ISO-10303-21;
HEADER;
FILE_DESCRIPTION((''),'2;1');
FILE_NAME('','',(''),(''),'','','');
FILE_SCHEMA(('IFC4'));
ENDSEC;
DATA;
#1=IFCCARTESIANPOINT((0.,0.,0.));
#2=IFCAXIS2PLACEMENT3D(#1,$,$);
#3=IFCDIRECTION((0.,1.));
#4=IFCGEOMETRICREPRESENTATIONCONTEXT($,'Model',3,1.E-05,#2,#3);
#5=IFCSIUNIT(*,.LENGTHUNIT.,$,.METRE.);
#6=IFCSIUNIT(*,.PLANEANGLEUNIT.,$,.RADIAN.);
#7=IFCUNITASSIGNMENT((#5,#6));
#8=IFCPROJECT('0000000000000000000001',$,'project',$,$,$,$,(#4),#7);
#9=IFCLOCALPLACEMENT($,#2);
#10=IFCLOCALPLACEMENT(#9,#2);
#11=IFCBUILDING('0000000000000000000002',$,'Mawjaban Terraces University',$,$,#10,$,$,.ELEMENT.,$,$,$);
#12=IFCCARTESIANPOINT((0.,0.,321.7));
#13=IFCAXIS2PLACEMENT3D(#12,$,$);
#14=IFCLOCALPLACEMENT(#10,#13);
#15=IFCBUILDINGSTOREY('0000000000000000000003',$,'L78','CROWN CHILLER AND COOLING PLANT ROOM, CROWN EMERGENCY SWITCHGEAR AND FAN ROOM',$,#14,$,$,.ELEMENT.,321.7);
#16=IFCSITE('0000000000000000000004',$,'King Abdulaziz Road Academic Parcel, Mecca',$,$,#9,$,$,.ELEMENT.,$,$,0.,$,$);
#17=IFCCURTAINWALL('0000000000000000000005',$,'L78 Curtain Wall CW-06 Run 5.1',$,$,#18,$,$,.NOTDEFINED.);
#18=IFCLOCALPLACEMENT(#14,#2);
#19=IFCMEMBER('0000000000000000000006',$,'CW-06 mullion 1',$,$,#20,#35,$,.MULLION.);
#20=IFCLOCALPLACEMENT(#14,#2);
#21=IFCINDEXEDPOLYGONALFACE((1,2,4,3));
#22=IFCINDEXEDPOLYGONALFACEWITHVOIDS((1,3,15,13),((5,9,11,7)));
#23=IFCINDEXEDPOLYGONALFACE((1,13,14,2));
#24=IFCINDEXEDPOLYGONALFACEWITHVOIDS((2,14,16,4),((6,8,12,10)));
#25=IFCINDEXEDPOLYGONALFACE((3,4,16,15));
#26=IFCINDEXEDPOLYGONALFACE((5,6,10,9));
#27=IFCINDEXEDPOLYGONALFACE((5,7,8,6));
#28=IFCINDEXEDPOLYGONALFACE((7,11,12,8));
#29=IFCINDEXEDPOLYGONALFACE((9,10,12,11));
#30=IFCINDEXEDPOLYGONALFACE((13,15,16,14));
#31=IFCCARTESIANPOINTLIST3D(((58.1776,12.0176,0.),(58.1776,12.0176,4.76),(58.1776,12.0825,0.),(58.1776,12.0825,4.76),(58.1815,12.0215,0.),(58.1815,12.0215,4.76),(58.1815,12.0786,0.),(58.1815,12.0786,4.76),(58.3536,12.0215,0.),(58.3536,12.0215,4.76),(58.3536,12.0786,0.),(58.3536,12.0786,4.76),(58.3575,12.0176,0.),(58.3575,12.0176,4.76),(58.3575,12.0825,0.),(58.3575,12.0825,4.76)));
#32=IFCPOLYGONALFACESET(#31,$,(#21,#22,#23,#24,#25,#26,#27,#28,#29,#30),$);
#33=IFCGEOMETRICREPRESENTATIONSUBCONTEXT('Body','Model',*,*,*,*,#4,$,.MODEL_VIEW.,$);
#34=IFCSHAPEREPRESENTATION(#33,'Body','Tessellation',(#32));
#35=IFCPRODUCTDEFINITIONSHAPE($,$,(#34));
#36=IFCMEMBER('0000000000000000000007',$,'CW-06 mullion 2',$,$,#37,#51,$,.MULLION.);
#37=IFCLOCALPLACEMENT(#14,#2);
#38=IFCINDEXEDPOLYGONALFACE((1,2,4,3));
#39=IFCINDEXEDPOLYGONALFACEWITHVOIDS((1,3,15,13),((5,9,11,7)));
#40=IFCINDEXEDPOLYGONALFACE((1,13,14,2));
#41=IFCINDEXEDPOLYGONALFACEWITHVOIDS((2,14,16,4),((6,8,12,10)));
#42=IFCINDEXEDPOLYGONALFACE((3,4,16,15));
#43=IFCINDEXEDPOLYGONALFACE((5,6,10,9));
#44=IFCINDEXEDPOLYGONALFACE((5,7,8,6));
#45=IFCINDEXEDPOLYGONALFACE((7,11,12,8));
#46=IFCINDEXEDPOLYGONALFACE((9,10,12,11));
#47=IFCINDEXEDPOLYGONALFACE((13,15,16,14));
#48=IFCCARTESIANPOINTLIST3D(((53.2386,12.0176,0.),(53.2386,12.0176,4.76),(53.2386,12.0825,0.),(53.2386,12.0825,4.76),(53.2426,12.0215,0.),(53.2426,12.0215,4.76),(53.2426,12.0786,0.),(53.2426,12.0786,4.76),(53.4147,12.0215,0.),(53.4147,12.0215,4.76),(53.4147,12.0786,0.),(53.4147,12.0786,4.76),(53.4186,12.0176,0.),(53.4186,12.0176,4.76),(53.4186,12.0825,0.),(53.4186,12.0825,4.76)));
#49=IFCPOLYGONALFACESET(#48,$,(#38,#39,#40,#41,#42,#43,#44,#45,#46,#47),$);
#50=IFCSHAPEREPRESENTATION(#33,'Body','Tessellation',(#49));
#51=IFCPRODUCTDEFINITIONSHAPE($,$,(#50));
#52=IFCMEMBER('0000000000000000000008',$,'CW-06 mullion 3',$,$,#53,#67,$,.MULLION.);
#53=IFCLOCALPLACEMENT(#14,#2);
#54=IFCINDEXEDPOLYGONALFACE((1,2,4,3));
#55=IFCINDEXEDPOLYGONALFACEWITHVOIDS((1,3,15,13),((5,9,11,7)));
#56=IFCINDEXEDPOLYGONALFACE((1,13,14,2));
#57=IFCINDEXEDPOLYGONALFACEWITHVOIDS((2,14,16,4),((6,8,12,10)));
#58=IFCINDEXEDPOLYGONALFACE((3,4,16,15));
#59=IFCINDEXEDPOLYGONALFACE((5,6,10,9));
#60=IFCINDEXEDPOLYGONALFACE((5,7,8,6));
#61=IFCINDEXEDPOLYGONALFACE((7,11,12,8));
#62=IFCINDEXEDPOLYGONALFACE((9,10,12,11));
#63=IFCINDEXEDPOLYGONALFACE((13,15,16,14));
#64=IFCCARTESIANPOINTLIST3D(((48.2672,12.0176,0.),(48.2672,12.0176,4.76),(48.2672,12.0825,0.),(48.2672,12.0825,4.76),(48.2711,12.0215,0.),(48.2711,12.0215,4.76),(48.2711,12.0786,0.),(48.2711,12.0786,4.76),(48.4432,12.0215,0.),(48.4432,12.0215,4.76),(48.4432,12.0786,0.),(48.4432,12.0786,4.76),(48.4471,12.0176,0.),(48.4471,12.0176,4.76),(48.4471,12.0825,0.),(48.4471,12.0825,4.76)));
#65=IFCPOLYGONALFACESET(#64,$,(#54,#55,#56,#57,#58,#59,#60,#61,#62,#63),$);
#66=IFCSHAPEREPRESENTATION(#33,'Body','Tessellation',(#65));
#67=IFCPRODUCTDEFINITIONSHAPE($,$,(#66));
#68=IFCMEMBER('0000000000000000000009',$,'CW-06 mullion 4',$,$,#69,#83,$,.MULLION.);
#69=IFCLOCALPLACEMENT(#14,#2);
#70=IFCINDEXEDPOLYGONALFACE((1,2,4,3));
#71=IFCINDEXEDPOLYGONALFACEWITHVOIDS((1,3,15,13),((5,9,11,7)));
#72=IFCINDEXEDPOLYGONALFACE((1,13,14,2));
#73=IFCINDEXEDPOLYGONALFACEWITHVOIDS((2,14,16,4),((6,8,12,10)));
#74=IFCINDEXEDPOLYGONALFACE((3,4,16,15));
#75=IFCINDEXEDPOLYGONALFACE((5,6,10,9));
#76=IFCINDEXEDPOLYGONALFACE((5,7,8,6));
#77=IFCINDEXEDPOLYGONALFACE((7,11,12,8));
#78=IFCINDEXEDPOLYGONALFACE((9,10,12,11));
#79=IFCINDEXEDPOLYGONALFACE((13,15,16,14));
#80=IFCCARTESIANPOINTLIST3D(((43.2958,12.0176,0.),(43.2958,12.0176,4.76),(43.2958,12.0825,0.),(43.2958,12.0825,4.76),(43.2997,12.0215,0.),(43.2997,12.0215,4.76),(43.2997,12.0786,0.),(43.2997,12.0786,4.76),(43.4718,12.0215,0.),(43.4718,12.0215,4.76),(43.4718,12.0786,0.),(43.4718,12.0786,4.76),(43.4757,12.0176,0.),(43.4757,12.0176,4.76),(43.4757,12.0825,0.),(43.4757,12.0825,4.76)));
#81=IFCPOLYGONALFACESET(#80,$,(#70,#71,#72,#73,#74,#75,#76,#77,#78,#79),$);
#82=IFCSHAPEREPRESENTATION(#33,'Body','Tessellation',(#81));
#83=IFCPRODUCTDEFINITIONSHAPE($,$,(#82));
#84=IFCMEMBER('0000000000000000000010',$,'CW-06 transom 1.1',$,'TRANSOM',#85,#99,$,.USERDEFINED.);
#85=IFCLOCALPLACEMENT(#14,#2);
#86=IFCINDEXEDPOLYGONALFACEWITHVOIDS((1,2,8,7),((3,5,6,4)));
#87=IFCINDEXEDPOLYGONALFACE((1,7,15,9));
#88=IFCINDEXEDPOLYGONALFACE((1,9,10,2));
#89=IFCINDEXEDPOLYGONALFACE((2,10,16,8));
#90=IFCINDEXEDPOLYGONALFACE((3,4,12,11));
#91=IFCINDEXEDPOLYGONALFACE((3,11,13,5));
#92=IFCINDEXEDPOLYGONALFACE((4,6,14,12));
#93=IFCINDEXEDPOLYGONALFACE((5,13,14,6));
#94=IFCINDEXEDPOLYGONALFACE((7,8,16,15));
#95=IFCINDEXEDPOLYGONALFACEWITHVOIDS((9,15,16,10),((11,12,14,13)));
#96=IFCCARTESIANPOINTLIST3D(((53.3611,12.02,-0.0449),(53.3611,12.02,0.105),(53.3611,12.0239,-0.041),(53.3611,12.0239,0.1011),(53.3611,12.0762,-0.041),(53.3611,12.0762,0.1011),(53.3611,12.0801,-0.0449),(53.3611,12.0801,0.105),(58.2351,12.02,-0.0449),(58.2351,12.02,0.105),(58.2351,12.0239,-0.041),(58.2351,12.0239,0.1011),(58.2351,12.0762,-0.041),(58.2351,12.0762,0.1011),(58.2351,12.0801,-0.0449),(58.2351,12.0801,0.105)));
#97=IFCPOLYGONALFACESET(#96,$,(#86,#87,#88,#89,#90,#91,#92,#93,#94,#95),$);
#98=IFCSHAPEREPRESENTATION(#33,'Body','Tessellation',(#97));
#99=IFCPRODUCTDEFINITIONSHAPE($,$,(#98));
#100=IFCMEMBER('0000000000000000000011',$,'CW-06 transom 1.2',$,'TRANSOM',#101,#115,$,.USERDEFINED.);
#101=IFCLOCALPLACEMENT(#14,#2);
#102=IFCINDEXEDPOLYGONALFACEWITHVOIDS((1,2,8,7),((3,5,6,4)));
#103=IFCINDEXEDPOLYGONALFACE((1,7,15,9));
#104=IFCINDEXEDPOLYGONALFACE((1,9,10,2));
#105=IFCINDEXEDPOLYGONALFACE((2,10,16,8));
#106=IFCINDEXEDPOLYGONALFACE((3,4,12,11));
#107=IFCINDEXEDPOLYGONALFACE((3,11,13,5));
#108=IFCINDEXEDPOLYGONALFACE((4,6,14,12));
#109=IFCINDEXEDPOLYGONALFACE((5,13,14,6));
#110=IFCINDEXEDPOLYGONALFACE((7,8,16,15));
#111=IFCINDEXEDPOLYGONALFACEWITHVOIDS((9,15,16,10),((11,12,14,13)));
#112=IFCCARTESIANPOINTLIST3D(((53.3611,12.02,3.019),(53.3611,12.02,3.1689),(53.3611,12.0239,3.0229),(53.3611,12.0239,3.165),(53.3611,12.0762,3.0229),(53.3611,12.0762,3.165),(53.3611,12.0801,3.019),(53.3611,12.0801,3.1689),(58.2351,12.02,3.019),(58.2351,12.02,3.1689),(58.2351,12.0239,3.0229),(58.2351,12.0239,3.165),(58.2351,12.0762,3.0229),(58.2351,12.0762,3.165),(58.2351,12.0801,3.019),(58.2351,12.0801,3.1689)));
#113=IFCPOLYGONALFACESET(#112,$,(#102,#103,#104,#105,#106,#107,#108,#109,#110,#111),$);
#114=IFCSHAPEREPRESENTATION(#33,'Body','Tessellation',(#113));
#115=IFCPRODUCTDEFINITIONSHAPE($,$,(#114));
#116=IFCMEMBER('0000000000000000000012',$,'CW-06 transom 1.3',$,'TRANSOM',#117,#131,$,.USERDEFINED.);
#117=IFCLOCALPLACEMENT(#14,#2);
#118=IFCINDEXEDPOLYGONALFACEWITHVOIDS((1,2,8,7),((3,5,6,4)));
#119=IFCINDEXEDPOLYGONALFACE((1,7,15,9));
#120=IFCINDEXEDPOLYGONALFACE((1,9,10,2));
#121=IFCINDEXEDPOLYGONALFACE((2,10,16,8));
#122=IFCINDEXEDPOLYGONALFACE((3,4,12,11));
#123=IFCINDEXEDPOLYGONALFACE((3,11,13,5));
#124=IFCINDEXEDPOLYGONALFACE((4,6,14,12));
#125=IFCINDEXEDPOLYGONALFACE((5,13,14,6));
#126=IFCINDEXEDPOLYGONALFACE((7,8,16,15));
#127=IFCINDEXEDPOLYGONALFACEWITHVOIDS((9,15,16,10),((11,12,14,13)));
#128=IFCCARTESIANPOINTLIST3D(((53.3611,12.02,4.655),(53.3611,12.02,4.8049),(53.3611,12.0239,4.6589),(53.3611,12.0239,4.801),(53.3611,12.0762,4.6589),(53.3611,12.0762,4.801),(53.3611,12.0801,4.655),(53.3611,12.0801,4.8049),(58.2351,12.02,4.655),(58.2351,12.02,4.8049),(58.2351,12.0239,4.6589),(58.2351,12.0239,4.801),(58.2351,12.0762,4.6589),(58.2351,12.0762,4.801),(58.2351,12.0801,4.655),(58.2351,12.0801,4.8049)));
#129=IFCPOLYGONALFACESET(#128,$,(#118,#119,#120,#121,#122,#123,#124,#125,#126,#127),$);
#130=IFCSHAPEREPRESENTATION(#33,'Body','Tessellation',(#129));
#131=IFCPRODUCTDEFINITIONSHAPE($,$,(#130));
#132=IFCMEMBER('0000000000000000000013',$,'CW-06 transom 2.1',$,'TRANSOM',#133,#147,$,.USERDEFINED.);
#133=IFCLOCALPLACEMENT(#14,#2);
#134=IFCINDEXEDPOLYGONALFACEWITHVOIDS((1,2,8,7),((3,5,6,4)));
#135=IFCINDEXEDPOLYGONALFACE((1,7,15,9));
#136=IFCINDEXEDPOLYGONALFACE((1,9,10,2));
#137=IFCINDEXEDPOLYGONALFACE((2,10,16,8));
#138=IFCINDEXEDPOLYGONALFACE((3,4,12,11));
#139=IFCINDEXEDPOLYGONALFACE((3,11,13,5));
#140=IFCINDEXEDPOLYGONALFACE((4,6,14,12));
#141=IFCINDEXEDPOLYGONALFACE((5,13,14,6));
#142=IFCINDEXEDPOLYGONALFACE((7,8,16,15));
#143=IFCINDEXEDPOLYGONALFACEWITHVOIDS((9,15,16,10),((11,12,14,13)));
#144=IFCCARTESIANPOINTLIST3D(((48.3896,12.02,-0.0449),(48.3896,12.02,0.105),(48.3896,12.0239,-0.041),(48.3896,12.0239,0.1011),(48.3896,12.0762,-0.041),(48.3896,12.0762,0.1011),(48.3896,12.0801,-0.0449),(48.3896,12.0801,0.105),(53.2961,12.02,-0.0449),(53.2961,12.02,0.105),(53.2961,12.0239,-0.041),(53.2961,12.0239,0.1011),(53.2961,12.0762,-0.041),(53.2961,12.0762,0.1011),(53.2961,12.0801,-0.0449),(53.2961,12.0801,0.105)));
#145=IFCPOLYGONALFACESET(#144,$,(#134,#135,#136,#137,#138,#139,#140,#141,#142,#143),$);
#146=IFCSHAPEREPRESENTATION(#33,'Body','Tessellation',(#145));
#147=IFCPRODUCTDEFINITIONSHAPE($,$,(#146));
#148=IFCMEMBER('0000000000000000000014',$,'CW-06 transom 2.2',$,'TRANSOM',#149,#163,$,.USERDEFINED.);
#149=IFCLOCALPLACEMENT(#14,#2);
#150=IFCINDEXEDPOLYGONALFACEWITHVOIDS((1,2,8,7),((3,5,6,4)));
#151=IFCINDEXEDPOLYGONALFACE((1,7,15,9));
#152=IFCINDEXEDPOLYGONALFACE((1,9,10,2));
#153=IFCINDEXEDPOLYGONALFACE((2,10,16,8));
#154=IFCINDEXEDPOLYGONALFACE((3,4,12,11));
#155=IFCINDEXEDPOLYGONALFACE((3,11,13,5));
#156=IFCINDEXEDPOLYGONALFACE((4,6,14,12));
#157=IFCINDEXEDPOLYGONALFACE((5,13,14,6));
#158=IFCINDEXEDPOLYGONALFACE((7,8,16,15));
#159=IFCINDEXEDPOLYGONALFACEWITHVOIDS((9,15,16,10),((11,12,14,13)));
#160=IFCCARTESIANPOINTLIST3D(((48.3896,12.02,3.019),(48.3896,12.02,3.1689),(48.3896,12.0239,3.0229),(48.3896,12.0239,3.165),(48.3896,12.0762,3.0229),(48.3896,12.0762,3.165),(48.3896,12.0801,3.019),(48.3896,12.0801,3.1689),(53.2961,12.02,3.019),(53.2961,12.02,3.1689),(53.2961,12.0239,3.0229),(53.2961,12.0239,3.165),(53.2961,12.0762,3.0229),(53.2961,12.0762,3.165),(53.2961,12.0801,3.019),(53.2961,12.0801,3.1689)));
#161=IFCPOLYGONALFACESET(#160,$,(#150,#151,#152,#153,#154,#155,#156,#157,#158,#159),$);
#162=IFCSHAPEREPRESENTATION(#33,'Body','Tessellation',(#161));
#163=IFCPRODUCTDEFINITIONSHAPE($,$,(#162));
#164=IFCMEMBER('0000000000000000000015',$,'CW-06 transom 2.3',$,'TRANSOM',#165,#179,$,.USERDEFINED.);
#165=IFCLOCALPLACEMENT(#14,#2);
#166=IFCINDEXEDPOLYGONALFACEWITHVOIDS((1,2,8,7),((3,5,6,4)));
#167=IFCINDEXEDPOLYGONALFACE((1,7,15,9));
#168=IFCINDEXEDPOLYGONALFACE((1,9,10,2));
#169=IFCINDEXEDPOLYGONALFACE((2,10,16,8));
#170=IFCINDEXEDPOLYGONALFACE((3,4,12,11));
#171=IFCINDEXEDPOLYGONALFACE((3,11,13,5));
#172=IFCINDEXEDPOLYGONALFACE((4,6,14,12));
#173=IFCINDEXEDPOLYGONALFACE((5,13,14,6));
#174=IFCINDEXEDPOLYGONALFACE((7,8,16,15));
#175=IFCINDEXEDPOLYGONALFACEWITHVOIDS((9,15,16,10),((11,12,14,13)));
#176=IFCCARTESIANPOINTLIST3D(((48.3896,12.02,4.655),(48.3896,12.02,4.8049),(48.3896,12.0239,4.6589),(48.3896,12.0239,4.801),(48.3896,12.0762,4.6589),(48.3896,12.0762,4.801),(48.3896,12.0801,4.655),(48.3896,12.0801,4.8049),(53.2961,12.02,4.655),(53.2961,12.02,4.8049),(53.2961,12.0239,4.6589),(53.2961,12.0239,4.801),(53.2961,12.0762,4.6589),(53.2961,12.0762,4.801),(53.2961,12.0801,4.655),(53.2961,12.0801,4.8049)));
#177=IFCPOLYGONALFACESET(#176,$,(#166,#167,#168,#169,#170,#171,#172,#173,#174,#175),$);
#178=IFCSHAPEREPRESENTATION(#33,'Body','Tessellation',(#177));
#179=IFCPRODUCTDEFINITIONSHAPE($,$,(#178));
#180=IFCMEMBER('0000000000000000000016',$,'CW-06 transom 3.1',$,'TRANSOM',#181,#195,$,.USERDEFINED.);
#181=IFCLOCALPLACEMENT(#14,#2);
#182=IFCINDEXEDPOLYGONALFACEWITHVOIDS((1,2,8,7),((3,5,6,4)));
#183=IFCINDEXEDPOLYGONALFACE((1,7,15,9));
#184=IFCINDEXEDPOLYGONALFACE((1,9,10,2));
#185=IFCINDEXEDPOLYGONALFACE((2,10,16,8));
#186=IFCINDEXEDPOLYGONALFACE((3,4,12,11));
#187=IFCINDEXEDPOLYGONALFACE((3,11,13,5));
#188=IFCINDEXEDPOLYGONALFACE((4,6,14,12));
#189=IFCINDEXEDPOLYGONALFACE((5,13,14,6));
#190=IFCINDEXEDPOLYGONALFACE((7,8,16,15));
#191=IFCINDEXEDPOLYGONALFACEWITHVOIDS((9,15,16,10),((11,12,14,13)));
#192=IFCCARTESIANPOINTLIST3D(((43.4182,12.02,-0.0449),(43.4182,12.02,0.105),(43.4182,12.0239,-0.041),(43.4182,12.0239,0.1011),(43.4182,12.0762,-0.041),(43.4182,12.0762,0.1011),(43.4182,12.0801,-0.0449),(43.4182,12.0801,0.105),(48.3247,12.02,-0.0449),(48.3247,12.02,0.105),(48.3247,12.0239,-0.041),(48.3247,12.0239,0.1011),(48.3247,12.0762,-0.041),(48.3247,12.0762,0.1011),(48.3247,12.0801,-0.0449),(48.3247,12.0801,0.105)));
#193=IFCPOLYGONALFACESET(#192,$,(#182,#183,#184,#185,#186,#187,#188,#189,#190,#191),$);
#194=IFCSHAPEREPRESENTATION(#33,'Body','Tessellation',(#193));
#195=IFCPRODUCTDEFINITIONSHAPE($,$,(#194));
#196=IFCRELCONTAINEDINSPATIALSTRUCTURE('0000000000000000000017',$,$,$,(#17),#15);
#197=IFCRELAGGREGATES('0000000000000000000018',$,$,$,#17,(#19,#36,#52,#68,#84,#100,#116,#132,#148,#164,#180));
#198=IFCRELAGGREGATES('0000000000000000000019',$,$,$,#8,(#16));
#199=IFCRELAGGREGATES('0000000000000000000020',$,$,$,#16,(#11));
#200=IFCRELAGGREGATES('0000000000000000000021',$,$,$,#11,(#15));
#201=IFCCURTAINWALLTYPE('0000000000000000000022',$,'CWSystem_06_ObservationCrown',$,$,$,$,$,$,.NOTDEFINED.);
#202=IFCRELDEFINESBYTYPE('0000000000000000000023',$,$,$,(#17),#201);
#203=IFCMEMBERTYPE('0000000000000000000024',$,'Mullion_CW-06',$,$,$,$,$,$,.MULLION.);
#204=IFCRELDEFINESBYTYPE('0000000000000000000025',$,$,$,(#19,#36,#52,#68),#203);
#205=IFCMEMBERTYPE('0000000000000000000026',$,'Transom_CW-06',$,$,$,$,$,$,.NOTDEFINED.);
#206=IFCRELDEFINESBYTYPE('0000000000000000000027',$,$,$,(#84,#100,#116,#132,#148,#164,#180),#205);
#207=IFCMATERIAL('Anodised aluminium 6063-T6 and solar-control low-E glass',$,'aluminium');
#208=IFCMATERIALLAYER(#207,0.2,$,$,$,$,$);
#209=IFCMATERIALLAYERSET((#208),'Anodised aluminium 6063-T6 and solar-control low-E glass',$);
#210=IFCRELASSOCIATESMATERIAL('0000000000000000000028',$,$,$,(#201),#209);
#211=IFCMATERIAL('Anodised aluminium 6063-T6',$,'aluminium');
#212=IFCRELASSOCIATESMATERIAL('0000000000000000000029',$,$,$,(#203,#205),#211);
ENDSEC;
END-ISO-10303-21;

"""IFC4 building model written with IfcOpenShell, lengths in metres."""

from ifc_helpers import new_model, si_unit, direction, frame, origin, origin_2d, place, context, subcontext, project, spatial, hollow_rectangle, extrude, material, layer, layer_set, material_profile, profile_set, type_object, element, aggregate, save


model = new_model("IFC4")

# Units and contexts
model_context = context("Model", 3, precision=1e-05, world=origin(), true_north=direction((0.0, 1.0)))
body_context = subcontext(model_context, "Body", "Model", "MODEL_VIEW")
ifc_project = project(units=[si_unit("LENGTHUNIT", "METRE"), si_unit("PLANEANGLEUNIT", "RADIAN")], contexts=[model_context])

# Site, building, storey
site_placement = place(None, origin())
site = spatial("IfcSite", under=ifc_project, at=site_placement, Name="King Abdulaziz Road Academic Parcel, Mecca", CompositionType="ELEMENT", RefElevation=0.0)
building_placement = place(site_placement, origin())
building = spatial("IfcBuilding", under=site, at=building_placement, Name="Mawjaban Terraces University", CompositionType="ELEMENT")
storey_placement = place(building_placement, frame((0.0, 0.0, 321.7)))
storey = spatial("IfcBuildingStorey", under=building, at=storey_placement, Name="L78", Description="CROWN CHILLER AND COOLING PLANT ROOM, CROWN EMERGENCY SWITCHGEAR AND FAN ROOM", CompositionType="ELEMENT", Elevation=321.7)

# Curtain wall, members
ifc_material_1 = material(Name="Anodised aluminium 6063-T6 and solar-control low-E glass", Category="aluminium")
ifc_layer_1 = layer(ifc_material_1, 0.2)
ifc_layer_set_1 = layer_set([ifc_layer_1], Name="Anodised aluminium 6063-T6 and solar-control low-E glass")
curtain_wall_type = type_object("IfcCurtainWallType", Name="CWSystem_06_ObservationCrown", PredefinedType="NOTDEFINED", material=ifc_layer_set_1)
curtain_wall_placement = place(storey_placement, origin())
curtain_wall = element("IfcCurtainWall", 1, at=curtain_wall_placement, inside=storey, type_object=curtain_wall_type, Name="L78 Curtain Wall CW-06 Run 5.1", PredefinedType="NOTDEFINED")
ifc_material_2 = material(Name="Anodised aluminium 6063-T6", Category="aluminium")
ifc_material_profile_1 = material_profile(ifc_material_2, hollow_rectangle(XDim=0.0649, YDim=0.1799, WallThickness=0.0039, at=origin_2d()), Name="ALU180X65X4")
ifc_profile_set_1 = profile_set([ifc_material_profile_1], Name="Anodised aluminium 6063-T6")
member_type_1 = type_object("IfcMemberType", Name="Mullion_CW-06", PredefinedType="MULLION", material=ifc_profile_set_1)
member_1_placement = place(storey_placement, frame((58.2676, 12.05, 0.0), z_axis=(0.0, 0.0, 1.0), x_axis=(0.0, -1.0, 0.0)))
member_1 = element("IfcMember", 2, at=member_1_placement, type_object=member_type_1, Name="CW-06 mullion 1", PredefinedType="MULLION", context=body_context, shape_type="SweptSolid", body=[
    extrude(hollow_rectangle(XDim=0.0649, YDim=0.1799, WallThickness=0.0039, at=origin_2d()), origin(), (0.0, 0.0, 1.0), 4.76),
])
member_2_placement = place(storey_placement, frame((53.3286, 12.05, 0.0), z_axis=(0.0, 0.0, 1.0), x_axis=(0.0, -1.0, 0.0)))
member_2 = element("IfcMember", 3, at=member_2_placement, type_object=member_type_1, Name="CW-06 mullion 2", PredefinedType="MULLION", context=body_context, shape_type="SweptSolid", body=[
    extrude(hollow_rectangle(XDim=0.0649, YDim=0.1799, WallThickness=0.0039, at=origin_2d()), origin(), (0.0, 0.0, 1.0), 4.76),
])
member_3_placement = place(storey_placement, frame((48.3572, 12.05, 0.0), z_axis=(0.0, 0.0, 1.0), x_axis=(0.0, -1.0, 0.0)))
member_3 = element("IfcMember", 4, at=member_3_placement, type_object=member_type_1, Name="CW-06 mullion 3", PredefinedType="MULLION", context=body_context, shape_type="SweptSolid", body=[
    extrude(hollow_rectangle(XDim=0.0649, YDim=0.1799, WallThickness=0.0039, at=origin_2d()), origin(), (0.0, 0.0, 1.0), 4.76),
])
member_4_placement = place(storey_placement, frame((43.3857, 12.05, 0.0), z_axis=(0.0, 0.0, 1.0), x_axis=(0.0, -1.0, 0.0)))
member_4 = element("IfcMember", 5, at=member_4_placement, type_object=member_type_1, Name="CW-06 mullion 4", PredefinedType="MULLION", context=body_context, shape_type="SweptSolid", body=[
    extrude(hollow_rectangle(XDim=0.0649, YDim=0.1799, WallThickness=0.0039, at=origin_2d()), origin(), (0.0, 0.0, 1.0), 4.76),
])
ifc_material_profile_2 = material_profile(ifc_material_2, hollow_rectangle(XDim=0.0601, YDim=0.1499, WallThickness=0.0039, at=origin_2d()), Name="ALU150X60X4")
ifc_profile_set_2 = profile_set([ifc_material_profile_2], Name="Anodised aluminium 6063-T6")
member_type_2 = type_object("IfcMemberType", Name="Transom_CW-06", PredefinedType="NOTDEFINED", material=ifc_profile_set_2)
member_5_placement = place(storey_placement, frame((58.2351, 12.05, 0.03), z_axis=(-1.0, 0.0, 0.0), x_axis=(0.0, -1.0, 0.0)))
member_5 = element("IfcMember", 6, at=member_5_placement, type_object=member_type_2, Name="CW-06 transom 1.1", ObjectType="TRANSOM", PredefinedType="USERDEFINED", context=body_context, shape_type="SweptSolid", body=[
    extrude(hollow_rectangle(XDim=0.0601, YDim=0.1499, WallThickness=0.0039, at=origin_2d()), origin(), (0.0, 0.0, 1.0), 4.874),
])
member_6_placement = place(storey_placement, frame((58.2351, 12.05, 3.094), z_axis=(-1.0, 0.0, 0.0), x_axis=(0.0, -1.0, 0.0)))
member_6 = element("IfcMember", 7, at=member_6_placement, type_object=member_type_2, Name="CW-06 transom 1.2", ObjectType="TRANSOM", PredefinedType="USERDEFINED", context=body_context, shape_type="SweptSolid", body=[
    extrude(hollow_rectangle(XDim=0.0601, YDim=0.1499, WallThickness=0.0039, at=origin_2d()), origin(), (0.0, 0.0, 1.0), 4.874),
])
member_7_placement = place(storey_placement, frame((58.2351, 12.05, 4.73), z_axis=(-1.0, 0.0, 0.0), x_axis=(0.0, -1.0, 0.0)))
member_7 = element("IfcMember", 8, at=member_7_placement, type_object=member_type_2, Name="CW-06 transom 1.3", ObjectType="TRANSOM", PredefinedType="USERDEFINED", context=body_context, shape_type="SweptSolid", body=[
    extrude(hollow_rectangle(XDim=0.0601, YDim=0.1499, WallThickness=0.0039, at=origin_2d()), origin(), (0.0, 0.0, 1.0), 4.874),
])
member_8_placement = place(storey_placement, frame((53.2961, 12.05, 0.03), z_axis=(-1.0, 0.0, 0.0), x_axis=(0.0, -1.0, 0.0)))
member_8 = element("IfcMember", 9, at=member_8_placement, type_object=member_type_2, Name="CW-06 transom 2.1", ObjectType="TRANSOM", PredefinedType="USERDEFINED", context=body_context, shape_type="SweptSolid", body=[
    extrude(hollow_rectangle(XDim=0.0601, YDim=0.1499, WallThickness=0.0039, at=origin_2d()), origin(), (0.0, 0.0, 1.0), 4.9065),
])
member_9_placement = place(storey_placement, frame((53.2961, 12.05, 3.094), z_axis=(-1.0, 0.0, 0.0), x_axis=(0.0, -1.0, 0.0)))
member_9 = element("IfcMember", 10, at=member_9_placement, type_object=member_type_2, Name="CW-06 transom 2.2", ObjectType="TRANSOM", PredefinedType="USERDEFINED", context=body_context, shape_type="SweptSolid", body=[
    extrude(hollow_rectangle(XDim=0.0601, YDim=0.1499, WallThickness=0.0039, at=origin_2d()), origin(), (0.0, 0.0, 1.0), 4.9065),
])
member_10_placement = place(storey_placement, frame((53.2961, 12.05, 4.73), z_axis=(-1.0, 0.0, 0.0), x_axis=(0.0, -1.0, 0.0)))
member_10 = element("IfcMember", 11, at=member_10_placement, type_object=member_type_2, Name="CW-06 transom 2.3", ObjectType="TRANSOM", PredefinedType="USERDEFINED", context=body_context, shape_type="SweptSolid", body=[
    extrude(hollow_rectangle(XDim=0.0601, YDim=0.1499, WallThickness=0.0039, at=origin_2d()), origin(), (0.0, 0.0, 1.0), 4.9065),
])
member_11_placement = place(storey_placement, frame((48.3247, 12.05, 0.03), z_axis=(-1.0, 0.0, 0.0), x_axis=(0.0, -1.0, 0.0)))
member_11 = element("IfcMember", 12, at=member_11_placement, type_object=member_type_2, Name="CW-06 transom 3.1", ObjectType="TRANSOM", PredefinedType="USERDEFINED", context=body_context, shape_type="SweptSolid", body=[
    extrude(hollow_rectangle(XDim=0.0601, YDim=0.1499, WallThickness=0.0039, at=origin_2d()), origin(), (0.0, 0.0, 1.0), 4.9065),
])
aggregate(curtain_wall, [member_1, member_2, member_3, member_4, member_5, member_6, member_7, member_8, member_9, member_10, member_11])

save(model, "model.ifc")
